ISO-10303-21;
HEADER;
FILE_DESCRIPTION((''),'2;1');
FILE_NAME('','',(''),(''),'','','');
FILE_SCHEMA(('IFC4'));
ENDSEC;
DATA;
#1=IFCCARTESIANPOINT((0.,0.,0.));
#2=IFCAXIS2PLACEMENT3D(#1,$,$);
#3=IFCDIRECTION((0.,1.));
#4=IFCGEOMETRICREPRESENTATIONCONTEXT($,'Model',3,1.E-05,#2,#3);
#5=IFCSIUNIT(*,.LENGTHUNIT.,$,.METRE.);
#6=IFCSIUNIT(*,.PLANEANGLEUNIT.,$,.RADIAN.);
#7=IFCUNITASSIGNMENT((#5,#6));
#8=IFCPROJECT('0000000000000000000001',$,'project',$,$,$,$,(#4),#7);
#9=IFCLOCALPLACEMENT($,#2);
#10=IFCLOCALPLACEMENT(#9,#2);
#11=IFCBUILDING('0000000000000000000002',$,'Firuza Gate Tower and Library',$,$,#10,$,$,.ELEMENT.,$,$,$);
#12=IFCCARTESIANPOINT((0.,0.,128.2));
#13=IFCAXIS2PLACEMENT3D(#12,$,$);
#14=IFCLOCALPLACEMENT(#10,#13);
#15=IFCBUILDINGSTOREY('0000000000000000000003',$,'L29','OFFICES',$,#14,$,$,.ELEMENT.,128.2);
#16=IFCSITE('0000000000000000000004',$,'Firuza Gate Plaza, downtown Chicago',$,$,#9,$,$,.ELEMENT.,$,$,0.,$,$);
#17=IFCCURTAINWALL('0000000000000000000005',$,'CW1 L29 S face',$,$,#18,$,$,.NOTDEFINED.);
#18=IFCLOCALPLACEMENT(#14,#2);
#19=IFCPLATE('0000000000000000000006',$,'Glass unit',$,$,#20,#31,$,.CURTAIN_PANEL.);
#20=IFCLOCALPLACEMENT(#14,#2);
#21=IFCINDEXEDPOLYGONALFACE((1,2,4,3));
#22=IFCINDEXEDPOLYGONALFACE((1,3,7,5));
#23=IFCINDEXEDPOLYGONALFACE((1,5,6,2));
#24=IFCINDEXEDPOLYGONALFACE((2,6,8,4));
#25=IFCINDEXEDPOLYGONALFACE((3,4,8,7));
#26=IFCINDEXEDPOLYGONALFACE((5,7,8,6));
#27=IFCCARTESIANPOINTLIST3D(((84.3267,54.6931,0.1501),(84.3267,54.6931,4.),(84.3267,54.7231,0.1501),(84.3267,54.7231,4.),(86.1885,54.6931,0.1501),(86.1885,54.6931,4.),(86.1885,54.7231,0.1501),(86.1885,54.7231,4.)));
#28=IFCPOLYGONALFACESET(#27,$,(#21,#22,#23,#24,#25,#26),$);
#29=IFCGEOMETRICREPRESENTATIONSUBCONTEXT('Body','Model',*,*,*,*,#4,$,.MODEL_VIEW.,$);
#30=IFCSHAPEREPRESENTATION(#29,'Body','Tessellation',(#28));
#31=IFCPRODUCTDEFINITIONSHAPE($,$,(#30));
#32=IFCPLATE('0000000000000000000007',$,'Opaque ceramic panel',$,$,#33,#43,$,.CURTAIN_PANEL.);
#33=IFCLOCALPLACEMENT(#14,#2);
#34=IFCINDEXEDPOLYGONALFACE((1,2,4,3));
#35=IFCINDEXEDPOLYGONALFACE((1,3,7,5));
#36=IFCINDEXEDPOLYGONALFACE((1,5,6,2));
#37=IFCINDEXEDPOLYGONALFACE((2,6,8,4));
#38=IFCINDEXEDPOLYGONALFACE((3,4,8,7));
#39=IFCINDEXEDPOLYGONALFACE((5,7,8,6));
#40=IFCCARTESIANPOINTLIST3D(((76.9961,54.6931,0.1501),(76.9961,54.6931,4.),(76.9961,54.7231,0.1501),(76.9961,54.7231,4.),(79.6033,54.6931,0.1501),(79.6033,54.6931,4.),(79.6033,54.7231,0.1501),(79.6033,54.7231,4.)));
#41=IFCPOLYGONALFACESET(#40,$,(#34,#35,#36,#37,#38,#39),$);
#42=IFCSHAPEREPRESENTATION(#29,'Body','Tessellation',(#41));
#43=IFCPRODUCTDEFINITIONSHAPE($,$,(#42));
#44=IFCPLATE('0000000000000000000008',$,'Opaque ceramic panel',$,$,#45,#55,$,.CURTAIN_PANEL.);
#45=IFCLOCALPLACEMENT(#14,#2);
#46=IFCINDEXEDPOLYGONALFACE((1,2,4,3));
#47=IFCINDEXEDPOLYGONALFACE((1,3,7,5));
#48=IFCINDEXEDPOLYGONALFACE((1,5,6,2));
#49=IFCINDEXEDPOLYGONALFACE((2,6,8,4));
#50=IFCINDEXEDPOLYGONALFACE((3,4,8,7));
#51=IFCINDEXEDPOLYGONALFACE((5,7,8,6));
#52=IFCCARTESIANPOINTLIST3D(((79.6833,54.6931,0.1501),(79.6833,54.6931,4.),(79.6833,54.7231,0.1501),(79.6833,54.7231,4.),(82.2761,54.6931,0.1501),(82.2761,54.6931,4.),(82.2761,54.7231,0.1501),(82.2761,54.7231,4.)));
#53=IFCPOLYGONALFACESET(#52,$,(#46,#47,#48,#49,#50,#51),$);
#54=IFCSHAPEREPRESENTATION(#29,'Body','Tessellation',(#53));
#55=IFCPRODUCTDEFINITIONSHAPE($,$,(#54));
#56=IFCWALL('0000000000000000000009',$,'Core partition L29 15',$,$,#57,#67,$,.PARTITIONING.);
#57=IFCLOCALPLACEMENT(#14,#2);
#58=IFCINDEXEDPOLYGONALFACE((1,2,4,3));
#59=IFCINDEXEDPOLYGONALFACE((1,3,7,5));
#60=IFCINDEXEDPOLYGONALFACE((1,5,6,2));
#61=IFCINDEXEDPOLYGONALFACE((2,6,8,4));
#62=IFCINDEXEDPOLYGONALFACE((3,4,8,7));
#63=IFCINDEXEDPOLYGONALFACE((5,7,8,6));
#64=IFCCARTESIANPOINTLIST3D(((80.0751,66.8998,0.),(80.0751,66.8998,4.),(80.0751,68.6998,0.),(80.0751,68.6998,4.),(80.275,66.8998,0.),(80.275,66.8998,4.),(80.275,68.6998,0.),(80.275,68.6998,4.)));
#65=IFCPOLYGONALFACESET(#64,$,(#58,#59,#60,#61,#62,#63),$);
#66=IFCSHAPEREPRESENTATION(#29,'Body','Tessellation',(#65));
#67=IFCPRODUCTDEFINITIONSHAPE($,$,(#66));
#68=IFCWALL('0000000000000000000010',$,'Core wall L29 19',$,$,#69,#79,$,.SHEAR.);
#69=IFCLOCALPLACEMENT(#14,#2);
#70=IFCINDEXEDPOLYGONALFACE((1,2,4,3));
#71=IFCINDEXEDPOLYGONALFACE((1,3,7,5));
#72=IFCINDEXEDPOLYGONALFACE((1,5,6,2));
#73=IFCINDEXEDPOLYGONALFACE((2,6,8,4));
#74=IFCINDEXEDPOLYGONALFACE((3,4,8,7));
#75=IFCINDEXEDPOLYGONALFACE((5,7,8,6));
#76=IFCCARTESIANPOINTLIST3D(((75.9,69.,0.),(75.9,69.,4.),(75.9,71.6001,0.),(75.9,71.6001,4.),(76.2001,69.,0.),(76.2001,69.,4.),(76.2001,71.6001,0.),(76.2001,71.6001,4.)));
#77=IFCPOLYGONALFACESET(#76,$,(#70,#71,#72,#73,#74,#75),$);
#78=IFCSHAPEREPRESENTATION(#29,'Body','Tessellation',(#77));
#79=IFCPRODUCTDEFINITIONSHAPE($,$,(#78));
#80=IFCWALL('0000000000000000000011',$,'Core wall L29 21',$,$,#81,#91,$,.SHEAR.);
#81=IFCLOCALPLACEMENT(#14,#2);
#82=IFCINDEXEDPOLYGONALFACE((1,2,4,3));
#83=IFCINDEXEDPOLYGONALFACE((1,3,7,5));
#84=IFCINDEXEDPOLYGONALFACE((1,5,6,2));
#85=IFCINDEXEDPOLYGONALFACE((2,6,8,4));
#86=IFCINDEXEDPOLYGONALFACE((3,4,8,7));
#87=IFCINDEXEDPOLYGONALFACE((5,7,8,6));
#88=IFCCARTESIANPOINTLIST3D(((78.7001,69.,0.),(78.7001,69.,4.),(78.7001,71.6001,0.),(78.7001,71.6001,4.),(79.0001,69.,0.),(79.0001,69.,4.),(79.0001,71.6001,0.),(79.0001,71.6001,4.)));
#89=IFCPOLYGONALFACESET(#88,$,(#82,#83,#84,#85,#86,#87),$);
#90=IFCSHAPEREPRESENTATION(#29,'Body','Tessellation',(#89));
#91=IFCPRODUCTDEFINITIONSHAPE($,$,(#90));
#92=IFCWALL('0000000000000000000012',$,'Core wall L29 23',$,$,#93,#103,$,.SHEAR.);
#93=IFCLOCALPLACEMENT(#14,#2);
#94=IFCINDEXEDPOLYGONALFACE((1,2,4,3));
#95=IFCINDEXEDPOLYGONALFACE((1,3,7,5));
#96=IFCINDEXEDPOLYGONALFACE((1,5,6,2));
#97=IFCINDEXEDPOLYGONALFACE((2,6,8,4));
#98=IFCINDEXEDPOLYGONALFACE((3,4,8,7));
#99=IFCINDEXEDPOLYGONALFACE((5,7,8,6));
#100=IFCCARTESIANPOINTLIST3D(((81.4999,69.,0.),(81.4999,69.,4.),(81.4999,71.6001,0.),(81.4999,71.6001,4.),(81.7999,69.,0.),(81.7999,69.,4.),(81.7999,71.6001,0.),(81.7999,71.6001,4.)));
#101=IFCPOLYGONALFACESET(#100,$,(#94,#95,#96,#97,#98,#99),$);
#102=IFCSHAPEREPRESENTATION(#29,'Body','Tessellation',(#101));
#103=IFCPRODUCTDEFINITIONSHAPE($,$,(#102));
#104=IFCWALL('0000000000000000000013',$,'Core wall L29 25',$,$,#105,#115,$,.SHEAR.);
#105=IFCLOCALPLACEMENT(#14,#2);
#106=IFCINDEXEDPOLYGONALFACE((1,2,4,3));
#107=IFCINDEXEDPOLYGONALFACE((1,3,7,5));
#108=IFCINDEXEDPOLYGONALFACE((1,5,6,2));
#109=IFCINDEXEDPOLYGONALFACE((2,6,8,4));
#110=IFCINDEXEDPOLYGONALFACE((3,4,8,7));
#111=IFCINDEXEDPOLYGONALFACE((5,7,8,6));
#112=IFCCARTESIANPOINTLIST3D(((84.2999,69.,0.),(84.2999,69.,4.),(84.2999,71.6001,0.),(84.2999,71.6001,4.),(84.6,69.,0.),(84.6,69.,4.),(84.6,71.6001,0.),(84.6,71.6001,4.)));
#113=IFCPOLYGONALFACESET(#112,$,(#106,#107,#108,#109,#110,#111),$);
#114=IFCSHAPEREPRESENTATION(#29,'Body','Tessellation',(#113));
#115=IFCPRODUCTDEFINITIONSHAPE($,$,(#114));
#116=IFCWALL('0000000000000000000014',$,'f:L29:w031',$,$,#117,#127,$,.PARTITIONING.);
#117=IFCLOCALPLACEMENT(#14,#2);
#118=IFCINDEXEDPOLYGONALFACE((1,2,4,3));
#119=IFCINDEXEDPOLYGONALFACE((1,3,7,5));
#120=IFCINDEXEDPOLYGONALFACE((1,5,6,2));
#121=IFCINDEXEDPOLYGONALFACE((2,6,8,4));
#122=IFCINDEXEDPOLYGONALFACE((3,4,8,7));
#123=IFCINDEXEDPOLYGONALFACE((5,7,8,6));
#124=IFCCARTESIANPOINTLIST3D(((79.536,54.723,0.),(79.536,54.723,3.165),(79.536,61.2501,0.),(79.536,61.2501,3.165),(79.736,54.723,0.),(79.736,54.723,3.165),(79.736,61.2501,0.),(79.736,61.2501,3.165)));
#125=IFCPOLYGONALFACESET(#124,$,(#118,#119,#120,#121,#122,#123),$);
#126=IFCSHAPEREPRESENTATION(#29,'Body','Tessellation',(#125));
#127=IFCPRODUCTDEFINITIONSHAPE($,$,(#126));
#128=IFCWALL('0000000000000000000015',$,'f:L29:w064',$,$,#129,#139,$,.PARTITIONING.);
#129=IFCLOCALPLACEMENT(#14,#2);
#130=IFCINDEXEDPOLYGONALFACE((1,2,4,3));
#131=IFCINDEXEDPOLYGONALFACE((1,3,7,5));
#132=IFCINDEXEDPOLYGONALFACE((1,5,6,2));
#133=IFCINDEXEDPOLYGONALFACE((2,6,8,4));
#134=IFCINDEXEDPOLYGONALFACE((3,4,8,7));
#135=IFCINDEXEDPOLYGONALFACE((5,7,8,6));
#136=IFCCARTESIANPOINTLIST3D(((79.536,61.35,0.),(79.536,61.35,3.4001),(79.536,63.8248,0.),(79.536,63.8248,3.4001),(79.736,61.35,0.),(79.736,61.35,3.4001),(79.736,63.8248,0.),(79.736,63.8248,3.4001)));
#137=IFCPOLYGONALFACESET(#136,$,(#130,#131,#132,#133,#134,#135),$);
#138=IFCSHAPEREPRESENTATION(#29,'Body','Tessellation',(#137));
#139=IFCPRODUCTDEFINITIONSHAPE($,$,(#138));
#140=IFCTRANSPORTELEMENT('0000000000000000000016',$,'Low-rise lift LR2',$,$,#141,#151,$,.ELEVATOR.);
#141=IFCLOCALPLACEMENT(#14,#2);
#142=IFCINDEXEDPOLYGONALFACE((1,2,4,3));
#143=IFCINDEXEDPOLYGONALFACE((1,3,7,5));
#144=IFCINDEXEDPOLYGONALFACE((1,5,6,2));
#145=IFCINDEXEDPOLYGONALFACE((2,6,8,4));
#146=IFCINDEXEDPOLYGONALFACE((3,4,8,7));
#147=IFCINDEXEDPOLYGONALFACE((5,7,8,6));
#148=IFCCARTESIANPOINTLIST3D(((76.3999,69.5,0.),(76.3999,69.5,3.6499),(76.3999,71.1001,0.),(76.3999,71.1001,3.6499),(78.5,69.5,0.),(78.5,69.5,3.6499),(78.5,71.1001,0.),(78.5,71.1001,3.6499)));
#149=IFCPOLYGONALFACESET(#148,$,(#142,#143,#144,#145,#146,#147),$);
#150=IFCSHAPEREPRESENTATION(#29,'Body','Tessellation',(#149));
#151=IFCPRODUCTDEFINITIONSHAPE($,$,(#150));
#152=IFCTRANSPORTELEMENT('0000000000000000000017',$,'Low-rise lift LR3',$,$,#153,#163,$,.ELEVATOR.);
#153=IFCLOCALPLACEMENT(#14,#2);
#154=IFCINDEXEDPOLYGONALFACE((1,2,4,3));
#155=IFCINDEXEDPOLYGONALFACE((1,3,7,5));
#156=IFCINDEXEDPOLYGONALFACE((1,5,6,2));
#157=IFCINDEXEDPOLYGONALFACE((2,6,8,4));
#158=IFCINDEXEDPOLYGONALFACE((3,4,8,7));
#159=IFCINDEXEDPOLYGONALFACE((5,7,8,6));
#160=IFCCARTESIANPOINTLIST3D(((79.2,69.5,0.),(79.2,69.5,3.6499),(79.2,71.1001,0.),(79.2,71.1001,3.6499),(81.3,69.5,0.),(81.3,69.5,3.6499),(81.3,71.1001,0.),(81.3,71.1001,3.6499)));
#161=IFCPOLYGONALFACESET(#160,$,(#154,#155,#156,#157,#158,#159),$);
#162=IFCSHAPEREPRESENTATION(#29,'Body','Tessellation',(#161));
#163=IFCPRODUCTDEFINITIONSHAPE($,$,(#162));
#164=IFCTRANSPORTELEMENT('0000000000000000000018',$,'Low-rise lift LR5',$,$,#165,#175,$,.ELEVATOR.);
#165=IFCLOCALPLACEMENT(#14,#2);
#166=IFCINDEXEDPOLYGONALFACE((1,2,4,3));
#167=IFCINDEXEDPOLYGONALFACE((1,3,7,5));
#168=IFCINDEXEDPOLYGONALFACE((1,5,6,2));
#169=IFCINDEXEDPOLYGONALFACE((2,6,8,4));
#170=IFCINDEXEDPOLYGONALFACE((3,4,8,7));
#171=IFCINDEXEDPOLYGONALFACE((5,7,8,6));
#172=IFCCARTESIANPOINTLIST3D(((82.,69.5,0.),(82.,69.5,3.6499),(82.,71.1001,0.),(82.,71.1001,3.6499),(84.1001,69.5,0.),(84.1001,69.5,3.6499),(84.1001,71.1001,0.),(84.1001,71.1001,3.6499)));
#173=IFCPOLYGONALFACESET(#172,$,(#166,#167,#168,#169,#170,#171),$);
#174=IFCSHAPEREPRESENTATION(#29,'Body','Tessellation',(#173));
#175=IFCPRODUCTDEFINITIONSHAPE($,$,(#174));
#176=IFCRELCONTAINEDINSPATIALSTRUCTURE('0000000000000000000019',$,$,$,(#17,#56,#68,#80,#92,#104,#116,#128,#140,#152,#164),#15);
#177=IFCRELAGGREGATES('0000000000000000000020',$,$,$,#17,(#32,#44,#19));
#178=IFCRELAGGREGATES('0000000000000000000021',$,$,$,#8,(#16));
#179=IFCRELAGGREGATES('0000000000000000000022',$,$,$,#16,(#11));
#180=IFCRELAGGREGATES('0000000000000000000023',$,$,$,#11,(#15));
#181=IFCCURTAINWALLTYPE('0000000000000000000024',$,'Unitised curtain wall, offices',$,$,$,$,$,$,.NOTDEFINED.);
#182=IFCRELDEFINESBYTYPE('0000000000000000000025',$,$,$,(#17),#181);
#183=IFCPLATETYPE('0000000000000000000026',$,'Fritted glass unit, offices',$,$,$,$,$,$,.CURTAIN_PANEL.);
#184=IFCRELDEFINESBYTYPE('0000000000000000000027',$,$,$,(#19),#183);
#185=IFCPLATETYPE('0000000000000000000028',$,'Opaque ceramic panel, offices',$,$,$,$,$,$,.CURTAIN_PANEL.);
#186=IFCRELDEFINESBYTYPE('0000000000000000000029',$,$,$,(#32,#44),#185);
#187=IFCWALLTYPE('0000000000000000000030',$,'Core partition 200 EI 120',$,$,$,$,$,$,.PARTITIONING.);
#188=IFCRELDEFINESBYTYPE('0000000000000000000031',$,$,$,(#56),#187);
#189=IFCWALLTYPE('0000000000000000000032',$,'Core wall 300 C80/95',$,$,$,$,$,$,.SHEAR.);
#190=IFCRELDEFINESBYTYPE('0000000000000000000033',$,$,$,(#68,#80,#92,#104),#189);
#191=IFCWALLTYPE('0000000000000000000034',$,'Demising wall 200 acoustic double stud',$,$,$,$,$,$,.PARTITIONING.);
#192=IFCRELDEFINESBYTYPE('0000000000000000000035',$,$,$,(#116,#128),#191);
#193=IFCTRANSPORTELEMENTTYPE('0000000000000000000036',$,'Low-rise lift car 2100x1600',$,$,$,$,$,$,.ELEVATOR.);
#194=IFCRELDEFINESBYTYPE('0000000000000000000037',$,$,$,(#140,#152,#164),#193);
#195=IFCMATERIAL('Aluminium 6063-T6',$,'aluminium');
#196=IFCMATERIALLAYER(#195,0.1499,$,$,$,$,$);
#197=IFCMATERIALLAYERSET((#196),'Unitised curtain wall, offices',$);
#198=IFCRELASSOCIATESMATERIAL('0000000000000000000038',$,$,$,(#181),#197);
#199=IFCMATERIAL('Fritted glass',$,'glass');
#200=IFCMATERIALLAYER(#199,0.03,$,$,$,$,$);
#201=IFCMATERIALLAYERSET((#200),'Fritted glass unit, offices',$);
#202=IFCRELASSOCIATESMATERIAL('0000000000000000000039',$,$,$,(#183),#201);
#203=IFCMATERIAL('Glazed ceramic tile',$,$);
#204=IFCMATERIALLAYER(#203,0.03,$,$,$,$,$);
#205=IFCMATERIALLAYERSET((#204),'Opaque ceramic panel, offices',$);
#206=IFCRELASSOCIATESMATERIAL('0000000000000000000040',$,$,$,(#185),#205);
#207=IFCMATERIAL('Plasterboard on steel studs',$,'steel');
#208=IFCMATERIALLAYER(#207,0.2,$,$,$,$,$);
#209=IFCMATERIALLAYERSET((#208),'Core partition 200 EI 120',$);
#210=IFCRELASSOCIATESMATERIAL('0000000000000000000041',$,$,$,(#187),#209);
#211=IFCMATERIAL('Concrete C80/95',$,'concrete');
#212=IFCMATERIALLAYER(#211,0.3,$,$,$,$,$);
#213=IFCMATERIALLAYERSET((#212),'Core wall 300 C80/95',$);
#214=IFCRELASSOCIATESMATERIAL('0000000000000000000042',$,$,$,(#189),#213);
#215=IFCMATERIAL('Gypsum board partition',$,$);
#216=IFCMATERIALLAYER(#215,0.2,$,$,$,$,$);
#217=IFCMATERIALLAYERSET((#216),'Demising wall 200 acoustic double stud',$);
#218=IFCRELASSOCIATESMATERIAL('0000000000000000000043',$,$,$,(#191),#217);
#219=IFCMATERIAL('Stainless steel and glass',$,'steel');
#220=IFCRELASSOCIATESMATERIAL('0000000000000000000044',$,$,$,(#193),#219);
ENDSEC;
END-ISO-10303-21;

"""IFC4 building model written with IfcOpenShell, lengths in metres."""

from ifc_helpers import new_model, si_unit, direction, frame, frame_2d, origin, origin_2d, place, context, subcontext, project, spatial, polyline, rectangle, outline, extrude, material, layer, layer_set, type_object, element, aggregate, save


model = new_model("IFC4")

# Units and contexts
model_context = context("Model", 3, precision=1e-05, world=origin(), true_north=direction((0.0, 1.0)))
body_context = subcontext(model_context, "Body", "Model", "MODEL_VIEW")
ifc_project = project(units=[si_unit("LENGTHUNIT", "METRE"), si_unit("PLANEANGLEUNIT", "RADIAN")], contexts=[model_context])

# Site, building, storey
site_placement = place(None, origin())
site = spatial("IfcSite", under=ifc_project, at=site_placement, Name="Firuza Gate Plaza, downtown Chicago", CompositionType="ELEMENT", RefElevation=0.0)
building_placement = place(site_placement, origin())
building = spatial("IfcBuilding", under=site, at=building_placement, Name="Firuza Gate Tower and Library", CompositionType="ELEMENT")
storey_placement = place(building_placement, frame((0.0, 0.0, 128.2)))
storey = spatial("IfcBuildingStorey", under=building, at=storey_placement, Name="L29", Description="OFFICES", CompositionType="ELEMENT", Elevation=128.2)

# Curtain wall
ifc_material_1 = material(Name="Aluminium 6063-T6", Category="aluminium")
ifc_layer_1 = layer(ifc_material_1, 0.1499)
ifc_layer_set_1 = layer_set([ifc_layer_1], Name="Unitised curtain wall, offices")
curtain_wall_type = type_object("IfcCurtainWallType", Name="Unitised curtain wall, offices", PredefinedType="NOTDEFINED", material=ifc_layer_set_1)
curtain_wall_placement = place(storey_placement, origin())
curtain_wall = element("IfcCurtainWall", 1, at=curtain_wall_placement, inside=storey, type_object=curtain_wall_type, Name="CW1 L29 S face", PredefinedType="NOTDEFINED")

# Plates
ifc_material_2 = material(Name="Fritted glass", Category="glass")
ifc_layer_2 = layer(ifc_material_2, 0.03)
ifc_layer_set_2 = layer_set([ifc_layer_2], Name="Fritted glass unit, offices")
plate_type_1 = type_object("IfcPlateType", Name="Fritted glass unit, offices", PredefinedType="CURTAIN_PANEL", material=ifc_layer_set_2)
plate_1_placement = place(storey_placement, frame((84.3267, 54.6931, 0.1501), z_axis=(0.0, -1.0, 0.0), x_axis=(1.0, 0.0, 0.0)))
plate_1 = element("IfcPlate", 2, at=plate_1_placement, type_object=plate_type_1, Name="Glass unit", PredefinedType="CURTAIN_PANEL", context=body_context, shape_type="SweptSolid", body=[
    extrude(outline(polyline([(0.0, 0.0), (1.8618, 0.0), (1.8618, 3.8499), (0.0, 3.8499), (0.0, 0.0)])), origin(), (0.0, 0.0, -1.0), 0.03),
])
ifc_material_3 = material(Name="Glazed ceramic tile")
ifc_layer_3 = layer(ifc_material_3, 0.03)
ifc_layer_set_3 = layer_set([ifc_layer_3], Name="Opaque ceramic panel, offices")
plate_type_2 = type_object("IfcPlateType", Name="Opaque ceramic panel, offices", PredefinedType="CURTAIN_PANEL", material=ifc_layer_set_3)
plate_2_placement = place(storey_placement, frame((76.9961, 54.6931, 0.1501), z_axis=(0.0, -1.0, 0.0), x_axis=(1.0, 0.0, 0.0)))
plate_2 = element("IfcPlate", 3, at=plate_2_placement, type_object=plate_type_2, Name="Opaque ceramic panel", PredefinedType="CURTAIN_PANEL", context=body_context, shape_type="SweptSolid", body=[
    extrude(outline(polyline([(0.0, 0.0), (2.6072, 0.0), (2.6072, 3.8499), (0.0, 3.8499), (0.0, 0.0)])), origin(), (0.0, 0.0, -1.0), 0.03),
])
plate_3_placement = place(storey_placement, frame((79.6833, 54.6931, 0.1501), z_axis=(0.0, -1.0, 0.0), x_axis=(1.0, 0.0, 0.0)))
plate_3 = element("IfcPlate", 4, at=plate_3_placement, type_object=plate_type_2, Name="Opaque ceramic panel", PredefinedType="CURTAIN_PANEL", context=body_context, shape_type="SweptSolid", body=[
    extrude(outline(polyline([(0.0, 0.0), (2.5928, 0.0), (2.5928, 3.8499), (0.0, 3.8499), (0.0, 0.0)])), origin(), (0.0, 0.0, -1.0), 0.03),
])
aggregate(curtain_wall, [plate_2, plate_3, plate_1])

# Walls
ifc_material_4 = material(Name="Plasterboard on steel studs", Category="steel")
ifc_layer_4 = layer(ifc_material_4, 0.2)
ifc_layer_set_4 = layer_set([ifc_layer_4], Name="Core partition 200 EI 120")
wall_type_1 = type_object("IfcWallType", Name="Core partition 200 EI 120", PredefinedType="PARTITIONING", material=ifc_layer_set_4)
wall_1_placement = place(storey_placement, frame((80.175, 66.8999, 0.0), z_axis=(0.0, 0.0, 1.0), x_axis=(0.0, 1.0, 0.0)))
element("IfcWall", 5, at=wall_1_placement, inside=storey, type_object=wall_type_1, Name="Core partition L29 15", PredefinedType="PARTITIONING", context=body_context, shape_type="SweptSolid", body=[
    extrude(rectangle(XDim=1.8, YDim=0.2, at=frame_2d((0.8999, 0.0))), origin(), (0.0, 0.0, 1.0), 4.0),
])
ifc_material_5 = material(Name="Concrete C80/95", Category="concrete")
ifc_layer_5 = layer(ifc_material_5, 0.3)
ifc_layer_set_5 = layer_set([ifc_layer_5], Name="Core wall 300 C80/95")
wall_type_2 = type_object("IfcWallType", Name="Core wall 300 C80/95", PredefinedType="SHEAR", material=ifc_layer_set_5)
for number, where, z_axis, x_axis, name in (
    (6, (76.05, 69.0, 0.0), (0.0, 0.0, 1.0), (0.0, 1.0, 0.0), "Core wall L29 19"),
    (7, (78.8501, 69.0, 0.0), (0.0, 0.0, 1.0), (0.0, 1.0, 0.0), "Core wall L29 21"),
    (8, (81.6499, 69.0, 0.0), (0.0, 0.0, 1.0), (0.0, 1.0, 0.0), "Core wall L29 23"),
    (9, (84.45, 69.0, 0.0), (0.0, 0.0, 1.0), (0.0, 1.0, 0.0), "Core wall L29 25"),
):
    element("IfcWall", number, at=place(storey_placement, frame(where, z_axis=z_axis, x_axis=x_axis)), inside=storey, type_object=wall_type_2, Name=name, PredefinedType="SHEAR", context=body_context, shape_type="SweptSolid", body=[
        extrude(rectangle(XDim=2.6001, YDim=0.3, at=frame_2d((1.3, 0.0))), origin(), (0.0, 0.0, 1.0), 4.0),
    ])
ifc_material_6 = material(Name="Gypsum board partition")
ifc_layer_6 = layer(ifc_material_6, 0.2)
ifc_layer_set_6 = layer_set([ifc_layer_6], Name="Demising wall 200 acoustic double stud")
wall_type_3 = type_object("IfcWallType", Name="Demising wall 200 acoustic double stud", PredefinedType="PARTITIONING", material=ifc_layer_set_6)
wall_2_placement = place(storey_placement, frame((79.636, 54.7229, 0.0), z_axis=(0.0, 0.0, 1.0), x_axis=(0.0, 1.0, 0.0)))
element("IfcWall", 10, at=wall_2_placement, inside=storey, type_object=wall_type_3, Name="f:L29:w031", PredefinedType="PARTITIONING", context=body_context, shape_type="SweptSolid", body=[
    extrude(rectangle(XDim=6.5271, YDim=0.2, at=frame_2d((3.2637, 0.0))), origin(), (0.0, 0.0, 1.0), 3.165),
])
wall_3_placement = place(storey_placement, frame((79.636, 61.3501, 0.0), z_axis=(0.0, 0.0, 1.0), x_axis=(0.0, 1.0, 0.0)))
element("IfcWall", 11, at=wall_3_placement, inside=storey, type_object=wall_type_3, Name="f:L29:w064", PredefinedType="PARTITIONING", context=body_context, shape_type="SweptSolid", body=[
    extrude(rectangle(XDim=2.4749, YDim=0.2, at=frame_2d((1.2373, 0.0))), origin(), (0.0, 0.0, 1.0), 3.4001),
])

# Transport elements
ifc_material_7 = material(Name="Stainless steel and glass", Category="steel")
transport_element_type = type_object("IfcTransportElementType", Name="Low-rise lift car 2100x1600", PredefinedType="ELEVATOR", material=ifc_material_7)
for number, where, z_axis, x_axis, name in (
    (12, (77.45, 70.3, 0.0), (0.0, 0.0, 1.0), (1.0, 0.0, 0.0), "Low-rise lift LR2"),
    (13, (80.25, 70.3, 0.0), (0.0, 0.0, 1.0), (1.0, 0.0, 0.0), "Low-rise lift LR3"),
    (14, (83.05, 70.3, 0.0), (0.0, 0.0, 1.0), (1.0, 0.0, 0.0), "Low-rise lift LR5"),
):
    element("IfcTransportElement", number, at=place(storey_placement, frame(where, z_axis=z_axis, x_axis=x_axis)), inside=storey, type_object=transport_element_type, Name=name, PredefinedType="ELEVATOR", context=body_context, shape_type="SweptSolid", body=[
        extrude(rectangle(XDim=2.1001, YDim=1.6001, at=origin_2d()), origin(), (0.0, 0.0, 1.0), 3.6499),
    ])

save(model, "model.ifc")
